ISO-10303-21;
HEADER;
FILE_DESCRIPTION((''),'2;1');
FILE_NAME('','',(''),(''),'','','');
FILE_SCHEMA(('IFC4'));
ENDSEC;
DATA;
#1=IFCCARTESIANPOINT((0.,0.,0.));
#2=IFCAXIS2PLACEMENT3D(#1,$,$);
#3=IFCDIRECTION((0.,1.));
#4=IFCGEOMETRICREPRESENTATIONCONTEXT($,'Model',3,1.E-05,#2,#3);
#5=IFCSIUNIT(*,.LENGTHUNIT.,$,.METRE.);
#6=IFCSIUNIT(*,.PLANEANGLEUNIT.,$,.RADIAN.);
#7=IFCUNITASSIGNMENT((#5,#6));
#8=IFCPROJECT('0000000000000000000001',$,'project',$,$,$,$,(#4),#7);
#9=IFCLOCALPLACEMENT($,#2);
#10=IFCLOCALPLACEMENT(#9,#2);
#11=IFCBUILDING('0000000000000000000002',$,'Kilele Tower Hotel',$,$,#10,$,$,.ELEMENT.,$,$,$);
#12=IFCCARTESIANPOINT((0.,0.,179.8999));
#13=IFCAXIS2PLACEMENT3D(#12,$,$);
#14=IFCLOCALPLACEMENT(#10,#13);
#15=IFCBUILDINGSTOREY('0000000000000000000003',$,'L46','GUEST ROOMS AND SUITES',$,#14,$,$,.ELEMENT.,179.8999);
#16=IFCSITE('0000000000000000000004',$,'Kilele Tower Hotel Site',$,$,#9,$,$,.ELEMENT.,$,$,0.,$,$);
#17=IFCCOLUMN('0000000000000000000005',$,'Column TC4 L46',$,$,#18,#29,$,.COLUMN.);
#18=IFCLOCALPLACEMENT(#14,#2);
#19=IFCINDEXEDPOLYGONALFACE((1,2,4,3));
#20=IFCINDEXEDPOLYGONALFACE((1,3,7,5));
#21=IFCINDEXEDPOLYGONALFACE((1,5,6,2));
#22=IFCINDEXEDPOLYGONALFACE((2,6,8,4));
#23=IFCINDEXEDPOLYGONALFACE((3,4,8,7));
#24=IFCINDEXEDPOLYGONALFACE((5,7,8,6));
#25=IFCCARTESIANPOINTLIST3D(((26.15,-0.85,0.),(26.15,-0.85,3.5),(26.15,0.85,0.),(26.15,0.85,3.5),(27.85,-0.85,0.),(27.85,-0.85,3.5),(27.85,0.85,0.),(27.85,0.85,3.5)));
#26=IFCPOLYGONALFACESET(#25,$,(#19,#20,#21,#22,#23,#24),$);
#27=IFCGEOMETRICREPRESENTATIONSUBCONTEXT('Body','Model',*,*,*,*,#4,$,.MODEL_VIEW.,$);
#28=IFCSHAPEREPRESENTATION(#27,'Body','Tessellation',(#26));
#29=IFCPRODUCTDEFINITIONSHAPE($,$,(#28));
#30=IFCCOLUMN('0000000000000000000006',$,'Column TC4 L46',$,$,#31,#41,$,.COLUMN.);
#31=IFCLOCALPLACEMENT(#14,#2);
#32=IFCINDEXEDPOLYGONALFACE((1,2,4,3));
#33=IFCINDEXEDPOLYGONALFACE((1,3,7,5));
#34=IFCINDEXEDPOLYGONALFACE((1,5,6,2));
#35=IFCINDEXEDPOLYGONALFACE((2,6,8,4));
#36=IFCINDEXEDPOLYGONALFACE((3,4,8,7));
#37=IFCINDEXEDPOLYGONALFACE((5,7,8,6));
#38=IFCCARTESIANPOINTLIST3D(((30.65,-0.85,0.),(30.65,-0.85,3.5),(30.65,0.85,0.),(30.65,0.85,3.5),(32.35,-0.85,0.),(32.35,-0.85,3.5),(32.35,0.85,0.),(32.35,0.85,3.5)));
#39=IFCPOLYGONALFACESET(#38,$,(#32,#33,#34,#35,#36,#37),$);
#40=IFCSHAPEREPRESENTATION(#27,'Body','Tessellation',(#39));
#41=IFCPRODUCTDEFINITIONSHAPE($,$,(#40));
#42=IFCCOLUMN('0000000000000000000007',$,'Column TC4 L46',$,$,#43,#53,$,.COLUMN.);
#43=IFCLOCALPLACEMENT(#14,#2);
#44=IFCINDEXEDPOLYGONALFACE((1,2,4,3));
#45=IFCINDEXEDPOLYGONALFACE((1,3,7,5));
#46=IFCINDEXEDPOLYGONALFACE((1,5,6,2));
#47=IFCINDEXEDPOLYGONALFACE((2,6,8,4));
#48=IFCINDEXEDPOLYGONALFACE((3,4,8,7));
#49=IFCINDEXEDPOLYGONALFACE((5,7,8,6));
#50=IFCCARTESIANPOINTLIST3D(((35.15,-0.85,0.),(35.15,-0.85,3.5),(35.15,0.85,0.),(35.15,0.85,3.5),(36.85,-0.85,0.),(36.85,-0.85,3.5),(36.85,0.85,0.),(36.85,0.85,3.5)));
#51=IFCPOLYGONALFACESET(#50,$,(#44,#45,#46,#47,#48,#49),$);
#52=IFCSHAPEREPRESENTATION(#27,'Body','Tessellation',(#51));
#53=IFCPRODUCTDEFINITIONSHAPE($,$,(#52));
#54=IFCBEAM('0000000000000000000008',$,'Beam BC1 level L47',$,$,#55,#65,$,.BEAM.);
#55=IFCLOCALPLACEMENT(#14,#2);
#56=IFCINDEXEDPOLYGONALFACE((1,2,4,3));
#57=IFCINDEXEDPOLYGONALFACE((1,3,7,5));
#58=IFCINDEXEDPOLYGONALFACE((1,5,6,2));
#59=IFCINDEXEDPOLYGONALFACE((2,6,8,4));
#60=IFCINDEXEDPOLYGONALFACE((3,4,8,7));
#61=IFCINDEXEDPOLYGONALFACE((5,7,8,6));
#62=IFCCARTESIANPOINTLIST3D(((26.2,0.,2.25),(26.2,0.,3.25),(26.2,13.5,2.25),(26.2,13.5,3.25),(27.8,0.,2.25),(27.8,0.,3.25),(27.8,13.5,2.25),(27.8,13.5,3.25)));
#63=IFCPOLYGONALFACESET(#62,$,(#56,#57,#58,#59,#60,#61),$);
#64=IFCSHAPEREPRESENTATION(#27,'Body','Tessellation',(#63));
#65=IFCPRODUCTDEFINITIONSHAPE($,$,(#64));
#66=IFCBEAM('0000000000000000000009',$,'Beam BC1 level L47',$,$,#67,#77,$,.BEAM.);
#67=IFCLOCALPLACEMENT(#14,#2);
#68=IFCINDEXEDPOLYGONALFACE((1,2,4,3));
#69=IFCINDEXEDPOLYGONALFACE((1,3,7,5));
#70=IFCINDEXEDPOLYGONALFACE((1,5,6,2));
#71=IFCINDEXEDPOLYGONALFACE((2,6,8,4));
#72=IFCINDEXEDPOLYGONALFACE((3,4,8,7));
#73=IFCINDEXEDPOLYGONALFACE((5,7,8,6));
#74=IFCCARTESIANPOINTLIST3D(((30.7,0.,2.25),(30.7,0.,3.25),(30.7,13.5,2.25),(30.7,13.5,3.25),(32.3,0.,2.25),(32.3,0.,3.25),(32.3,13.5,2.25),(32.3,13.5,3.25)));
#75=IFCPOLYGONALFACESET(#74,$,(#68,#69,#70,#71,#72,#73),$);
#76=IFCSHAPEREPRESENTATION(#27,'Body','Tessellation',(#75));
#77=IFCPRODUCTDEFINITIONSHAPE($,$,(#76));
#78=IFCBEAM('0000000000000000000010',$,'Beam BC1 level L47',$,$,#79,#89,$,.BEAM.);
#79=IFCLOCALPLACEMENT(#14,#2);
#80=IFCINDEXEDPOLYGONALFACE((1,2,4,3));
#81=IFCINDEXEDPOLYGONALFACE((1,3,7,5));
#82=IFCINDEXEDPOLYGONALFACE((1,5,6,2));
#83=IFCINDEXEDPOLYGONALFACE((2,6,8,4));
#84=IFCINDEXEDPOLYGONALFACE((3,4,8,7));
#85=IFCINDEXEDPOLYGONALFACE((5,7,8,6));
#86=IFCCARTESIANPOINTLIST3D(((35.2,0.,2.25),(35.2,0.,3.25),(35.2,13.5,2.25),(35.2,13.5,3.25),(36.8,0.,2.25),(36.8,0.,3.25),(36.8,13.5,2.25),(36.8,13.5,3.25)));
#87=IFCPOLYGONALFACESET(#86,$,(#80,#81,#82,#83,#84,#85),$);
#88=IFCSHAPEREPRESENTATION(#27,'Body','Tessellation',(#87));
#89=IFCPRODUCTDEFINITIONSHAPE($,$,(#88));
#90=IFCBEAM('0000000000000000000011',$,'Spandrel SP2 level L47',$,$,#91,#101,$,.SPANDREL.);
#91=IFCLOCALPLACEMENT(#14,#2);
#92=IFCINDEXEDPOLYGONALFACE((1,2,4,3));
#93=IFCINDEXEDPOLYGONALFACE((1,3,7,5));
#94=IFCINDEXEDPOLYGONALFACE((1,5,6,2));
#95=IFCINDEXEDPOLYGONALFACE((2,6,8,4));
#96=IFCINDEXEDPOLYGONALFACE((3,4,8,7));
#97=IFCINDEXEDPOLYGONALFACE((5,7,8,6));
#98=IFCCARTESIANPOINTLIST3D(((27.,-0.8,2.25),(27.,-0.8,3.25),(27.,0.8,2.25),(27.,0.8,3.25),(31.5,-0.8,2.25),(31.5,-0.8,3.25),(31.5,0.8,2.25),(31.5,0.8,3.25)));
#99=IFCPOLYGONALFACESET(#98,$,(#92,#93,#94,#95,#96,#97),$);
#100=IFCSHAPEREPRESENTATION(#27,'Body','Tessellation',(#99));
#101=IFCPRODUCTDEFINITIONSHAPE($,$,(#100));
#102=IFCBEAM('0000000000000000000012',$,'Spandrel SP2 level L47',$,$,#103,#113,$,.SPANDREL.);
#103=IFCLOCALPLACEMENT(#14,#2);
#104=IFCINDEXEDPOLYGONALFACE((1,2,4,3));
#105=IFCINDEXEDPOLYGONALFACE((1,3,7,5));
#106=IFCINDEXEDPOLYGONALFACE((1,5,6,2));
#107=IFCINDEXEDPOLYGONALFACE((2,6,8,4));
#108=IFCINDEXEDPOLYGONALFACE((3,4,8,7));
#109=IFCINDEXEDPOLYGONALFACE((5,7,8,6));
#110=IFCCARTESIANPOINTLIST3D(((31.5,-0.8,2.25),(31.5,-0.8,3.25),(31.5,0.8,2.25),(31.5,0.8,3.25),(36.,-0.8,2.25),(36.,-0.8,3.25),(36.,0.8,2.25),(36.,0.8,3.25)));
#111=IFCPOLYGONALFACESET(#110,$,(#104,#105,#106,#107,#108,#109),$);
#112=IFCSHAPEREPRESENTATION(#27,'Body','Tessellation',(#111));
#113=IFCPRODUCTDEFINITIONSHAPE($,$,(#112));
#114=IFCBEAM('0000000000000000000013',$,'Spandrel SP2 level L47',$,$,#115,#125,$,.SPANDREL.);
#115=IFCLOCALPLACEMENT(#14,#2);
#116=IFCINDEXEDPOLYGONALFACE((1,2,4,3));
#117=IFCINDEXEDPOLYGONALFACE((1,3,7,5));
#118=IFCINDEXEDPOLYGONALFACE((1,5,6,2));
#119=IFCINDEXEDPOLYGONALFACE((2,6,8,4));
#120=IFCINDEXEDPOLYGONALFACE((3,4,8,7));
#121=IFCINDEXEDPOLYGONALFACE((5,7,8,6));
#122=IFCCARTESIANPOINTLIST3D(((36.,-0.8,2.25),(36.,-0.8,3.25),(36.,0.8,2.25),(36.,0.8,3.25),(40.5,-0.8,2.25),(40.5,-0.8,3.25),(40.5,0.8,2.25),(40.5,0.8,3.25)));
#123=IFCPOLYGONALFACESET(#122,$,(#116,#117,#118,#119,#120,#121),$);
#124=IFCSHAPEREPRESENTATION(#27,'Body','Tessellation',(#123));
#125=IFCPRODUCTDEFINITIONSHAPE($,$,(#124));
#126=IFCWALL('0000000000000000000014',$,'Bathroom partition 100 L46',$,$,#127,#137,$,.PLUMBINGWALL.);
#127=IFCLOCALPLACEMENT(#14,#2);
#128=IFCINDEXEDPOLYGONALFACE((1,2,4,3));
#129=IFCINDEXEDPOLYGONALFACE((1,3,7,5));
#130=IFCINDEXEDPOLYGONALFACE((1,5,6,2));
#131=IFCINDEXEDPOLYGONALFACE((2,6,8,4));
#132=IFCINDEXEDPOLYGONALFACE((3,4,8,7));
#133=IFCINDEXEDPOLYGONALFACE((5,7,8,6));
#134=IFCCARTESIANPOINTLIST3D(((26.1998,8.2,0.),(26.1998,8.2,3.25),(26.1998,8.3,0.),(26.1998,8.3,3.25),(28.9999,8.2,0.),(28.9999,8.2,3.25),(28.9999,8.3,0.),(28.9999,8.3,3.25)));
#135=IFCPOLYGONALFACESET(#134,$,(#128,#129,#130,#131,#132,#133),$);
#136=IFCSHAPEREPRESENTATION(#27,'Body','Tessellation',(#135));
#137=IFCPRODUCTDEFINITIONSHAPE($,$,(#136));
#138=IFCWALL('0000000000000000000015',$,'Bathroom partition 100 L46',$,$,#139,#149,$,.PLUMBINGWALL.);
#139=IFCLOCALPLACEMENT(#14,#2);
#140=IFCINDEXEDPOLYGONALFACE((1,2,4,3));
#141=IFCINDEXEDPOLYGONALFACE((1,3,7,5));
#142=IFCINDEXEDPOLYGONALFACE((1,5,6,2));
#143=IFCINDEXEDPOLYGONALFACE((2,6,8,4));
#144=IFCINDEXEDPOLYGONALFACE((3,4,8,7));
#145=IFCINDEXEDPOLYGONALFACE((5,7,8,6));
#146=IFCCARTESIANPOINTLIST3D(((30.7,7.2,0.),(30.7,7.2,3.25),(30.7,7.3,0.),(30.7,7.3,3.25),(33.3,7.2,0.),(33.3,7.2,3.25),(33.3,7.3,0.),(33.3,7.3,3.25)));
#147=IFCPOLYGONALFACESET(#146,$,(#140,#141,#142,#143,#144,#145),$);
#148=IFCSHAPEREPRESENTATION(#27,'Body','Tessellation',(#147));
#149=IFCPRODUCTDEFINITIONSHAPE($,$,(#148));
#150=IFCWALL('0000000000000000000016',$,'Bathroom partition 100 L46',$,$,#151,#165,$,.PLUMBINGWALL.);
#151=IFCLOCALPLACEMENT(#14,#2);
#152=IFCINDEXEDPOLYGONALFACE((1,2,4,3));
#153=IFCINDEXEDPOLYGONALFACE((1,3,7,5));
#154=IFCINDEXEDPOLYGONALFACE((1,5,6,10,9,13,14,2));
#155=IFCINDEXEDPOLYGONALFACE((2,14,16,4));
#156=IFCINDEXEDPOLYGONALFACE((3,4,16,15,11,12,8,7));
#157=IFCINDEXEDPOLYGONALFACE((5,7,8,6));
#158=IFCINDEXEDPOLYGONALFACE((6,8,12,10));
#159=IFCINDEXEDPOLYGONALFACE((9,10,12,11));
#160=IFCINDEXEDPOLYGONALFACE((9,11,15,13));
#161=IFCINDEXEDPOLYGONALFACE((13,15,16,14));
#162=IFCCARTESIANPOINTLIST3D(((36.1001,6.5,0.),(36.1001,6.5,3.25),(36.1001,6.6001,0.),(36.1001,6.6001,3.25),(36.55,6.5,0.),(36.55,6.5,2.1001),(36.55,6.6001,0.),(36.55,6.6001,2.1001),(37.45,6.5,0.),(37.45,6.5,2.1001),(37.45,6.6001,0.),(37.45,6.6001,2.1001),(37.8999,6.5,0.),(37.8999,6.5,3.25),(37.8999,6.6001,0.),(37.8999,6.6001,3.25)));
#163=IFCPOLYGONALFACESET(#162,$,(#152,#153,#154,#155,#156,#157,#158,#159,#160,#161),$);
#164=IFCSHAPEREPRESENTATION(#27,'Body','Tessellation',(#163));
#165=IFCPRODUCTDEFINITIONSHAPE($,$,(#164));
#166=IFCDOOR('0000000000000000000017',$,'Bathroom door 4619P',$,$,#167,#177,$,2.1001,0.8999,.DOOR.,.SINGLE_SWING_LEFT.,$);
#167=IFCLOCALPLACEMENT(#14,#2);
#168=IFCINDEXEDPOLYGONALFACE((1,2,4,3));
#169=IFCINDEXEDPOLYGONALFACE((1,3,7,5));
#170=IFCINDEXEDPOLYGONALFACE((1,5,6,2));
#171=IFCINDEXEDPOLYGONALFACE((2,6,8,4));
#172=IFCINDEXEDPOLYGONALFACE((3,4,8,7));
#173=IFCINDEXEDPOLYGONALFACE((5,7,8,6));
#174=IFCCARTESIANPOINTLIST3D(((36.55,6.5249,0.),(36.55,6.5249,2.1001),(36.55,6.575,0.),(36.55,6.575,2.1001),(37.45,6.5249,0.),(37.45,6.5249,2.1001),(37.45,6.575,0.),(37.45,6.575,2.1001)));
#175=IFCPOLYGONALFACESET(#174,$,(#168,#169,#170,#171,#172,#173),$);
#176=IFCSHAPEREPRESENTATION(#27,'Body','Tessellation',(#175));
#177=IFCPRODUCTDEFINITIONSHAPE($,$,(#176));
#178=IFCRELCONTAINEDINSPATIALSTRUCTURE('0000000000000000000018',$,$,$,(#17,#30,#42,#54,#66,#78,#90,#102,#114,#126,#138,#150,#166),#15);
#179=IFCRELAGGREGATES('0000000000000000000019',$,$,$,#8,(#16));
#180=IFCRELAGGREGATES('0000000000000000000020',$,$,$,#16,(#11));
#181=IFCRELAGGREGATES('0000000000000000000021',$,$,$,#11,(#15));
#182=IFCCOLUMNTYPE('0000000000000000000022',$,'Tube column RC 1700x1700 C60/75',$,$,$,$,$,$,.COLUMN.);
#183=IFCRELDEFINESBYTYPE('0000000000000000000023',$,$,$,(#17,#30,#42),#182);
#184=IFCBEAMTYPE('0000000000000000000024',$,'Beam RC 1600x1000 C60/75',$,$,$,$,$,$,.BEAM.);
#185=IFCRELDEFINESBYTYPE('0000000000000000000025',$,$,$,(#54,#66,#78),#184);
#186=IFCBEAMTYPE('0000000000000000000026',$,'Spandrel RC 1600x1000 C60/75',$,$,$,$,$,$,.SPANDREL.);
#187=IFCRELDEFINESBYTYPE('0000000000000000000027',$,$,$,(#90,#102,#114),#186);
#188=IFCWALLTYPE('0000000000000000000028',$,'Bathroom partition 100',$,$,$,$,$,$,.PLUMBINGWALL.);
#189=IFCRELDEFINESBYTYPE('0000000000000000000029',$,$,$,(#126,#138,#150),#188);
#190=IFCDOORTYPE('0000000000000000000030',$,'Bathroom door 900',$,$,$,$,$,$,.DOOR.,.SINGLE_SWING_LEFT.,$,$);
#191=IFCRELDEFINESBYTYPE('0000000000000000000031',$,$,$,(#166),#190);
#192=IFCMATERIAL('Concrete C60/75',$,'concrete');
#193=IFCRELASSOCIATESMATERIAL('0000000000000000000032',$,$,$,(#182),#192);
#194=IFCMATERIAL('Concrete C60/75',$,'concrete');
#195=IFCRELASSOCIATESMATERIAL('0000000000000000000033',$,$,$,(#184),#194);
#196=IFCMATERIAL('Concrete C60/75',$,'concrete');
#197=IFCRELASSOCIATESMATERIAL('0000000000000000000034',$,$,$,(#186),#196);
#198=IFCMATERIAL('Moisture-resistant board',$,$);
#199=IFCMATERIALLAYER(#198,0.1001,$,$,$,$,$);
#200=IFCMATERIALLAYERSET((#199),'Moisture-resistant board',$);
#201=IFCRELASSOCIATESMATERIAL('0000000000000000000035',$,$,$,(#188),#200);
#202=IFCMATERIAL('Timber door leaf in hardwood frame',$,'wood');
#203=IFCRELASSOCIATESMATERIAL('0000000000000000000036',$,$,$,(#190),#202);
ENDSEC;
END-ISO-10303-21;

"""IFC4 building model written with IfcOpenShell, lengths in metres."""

from ifc_helpers import new_model, si_unit, direction, frame, frame_2d, origin, origin_2d, place, context, subcontext, project, spatial, rectangle, extrude, material, layer, layer_set, material_profile, profile_set, type_object, element, fill, save


model = new_model("IFC4")

# Units and contexts
model_context = context("Model", 3, precision=1e-05, world=origin(), true_north=direction((0.0, 1.0)))
body_context = subcontext(model_context, "Body", "Model", "MODEL_VIEW")
ifc_project = project(units=[si_unit("LENGTHUNIT", "METRE"), si_unit("PLANEANGLEUNIT", "RADIAN")], contexts=[model_context])

# Site, building, storey
site_placement = place(None, origin())
site = spatial("IfcSite", under=ifc_project, at=site_placement, Name="Kilele Tower Hotel Site", CompositionType="ELEMENT", RefElevation=0.0)
building_placement = place(site_placement, origin())
building = spatial("IfcBuilding", under=site, at=building_placement, Name="Kilele Tower Hotel", CompositionType="ELEMENT")
storey_placement = place(building_placement, frame((0.0, 0.0, 179.8999)))
storey = spatial("IfcBuildingStorey", under=building, at=storey_placement, Name="L46", Description="GUEST ROOMS AND SUITES", CompositionType="ELEMENT", Elevation=179.8999)

# Columns
ifc_material_1 = material(Name="Concrete C60/75", Category="concrete")
ifc_material_profile_1 = material_profile(ifc_material_1, rectangle(XDim=1.7, YDim=1.7, at=origin_2d()))
ifc_profile_set_1 = profile_set([ifc_material_profile_1], Name="Concrete C60/75")
column_type = type_object("IfcColumnType", Name="Tube column RC 1700x1700 C60/75", PredefinedType="COLUMN", material=ifc_profile_set_1)
for number, where, z_axis, x_axis, name in (
    (1, (27.0, 0.0, 0.0), (0.0, 0.0, 1.0), (1.0, 0.0, 0.0), "Column TC4 L46"),
    (2, (31.5, 0.0, 0.0), (0.0, 0.0, 1.0), (1.0, 0.0, 0.0), "Column TC4 L46"),
    (3, (36.0, 0.0, 0.0), (0.0, 0.0, 1.0), (1.0, 0.0, 0.0), "Column TC4 L46"),
):
    element("IfcColumn", number, at=place(storey_placement, frame(where, z_axis=z_axis, x_axis=x_axis)), inside=storey, type_object=column_type, Name=name, PredefinedType="COLUMN", context=body_context, shape_type="SweptSolid", body=[
        extrude(rectangle(XDim=1.7, YDim=1.7, at=origin_2d()), origin(), (0.0, 0.0, 1.0), 3.5),
    ])

# Beams
ifc_material_2 = material(Name="Concrete C60/75", Category="concrete")
ifc_material_profile_2 = material_profile(ifc_material_2, rectangle(XDim=1.6001, YDim=1.0, at=origin_2d()))
ifc_profile_set_2 = profile_set([ifc_material_profile_2], Name="Concrete C60/75")
beam_type_1 = type_object("IfcBeamType", Name="Beam RC 1600x1000 C60/75", PredefinedType="BEAM", material=ifc_profile_set_2)
for number, where, z_axis, x_axis, name in (
    (4, (27.0, 0.0, 2.75), (0.0, 1.0, 0.0), (-1.0, 0.0, 0.0), "Beam BC1 level L47"),
    (5, (31.5, 0.0, 2.75), (0.0, 1.0, 0.0), (-1.0, 0.0, 0.0), "Beam BC1 level L47"),
    (6, (36.0, 0.0, 2.75), (0.0, 1.0, 0.0), (-1.0, 0.0, 0.0), "Beam BC1 level L47"),
):
    element("IfcBeam", number, at=place(storey_placement, frame(where, z_axis=z_axis, x_axis=x_axis)), inside=storey, type_object=beam_type_1, Name=name, PredefinedType="BEAM", context=body_context, shape_type="SweptSolid", body=[
        extrude(rectangle(XDim=1.6001, YDim=1.0, at=origin_2d()), origin(), (0.0, 0.0, 1.0), 13.5),
    ])
ifc_material_3 = material(Name="Concrete C60/75", Category="concrete")
ifc_material_profile_3 = material_profile(ifc_material_3, rectangle(XDim=1.6001, YDim=1.0, at=origin_2d()))
ifc_profile_set_3 = profile_set([ifc_material_profile_3], Name="Concrete C60/75")
beam_type_2 = type_object("IfcBeamType", Name="Spandrel RC 1600x1000 C60/75", PredefinedType="SPANDREL", material=ifc_profile_set_3)
for number, where, z_axis, x_axis, name in (
    (7, (27.0, 0.0, 2.75), (1.0, 0.0, 0.0), (0.0, 1.0, 0.0), "Spandrel SP2 level L47"),
    (8, (31.5, 0.0, 2.75), (1.0, 0.0, 0.0), (0.0, 1.0, 0.0), "Spandrel SP2 level L47"),
    (9, (36.0, 0.0, 2.75), (1.0, 0.0, 0.0), (0.0, 1.0, 0.0), "Spandrel SP2 level L47"),
):
    element("IfcBeam", number, at=place(storey_placement, frame(where, z_axis=z_axis, x_axis=x_axis)), inside=storey, type_object=beam_type_2, Name=name, PredefinedType="SPANDREL", context=body_context, shape_type="SweptSolid", body=[
        extrude(rectangle(XDim=1.6001, YDim=1.0, at=origin_2d()), origin(), (0.0, 0.0, 1.0), 4.5),
    ])

# Walls
ifc_material_4 = material(Name="Moisture-resistant board")
ifc_layer_1 = layer(ifc_material_4, 0.1001)
ifc_layer_set_1 = layer_set([ifc_layer_1], Name="Moisture-resistant board")
wall_type_1 = type_object("IfcWallType", Name="Bathroom partition 100", PredefinedType="PLUMBINGWALL", material=ifc_layer_set_1)
wall_1_placement = place(storey_placement, frame((26.2, 8.25, 0.0), z_axis=(0.0, 0.0, 1.0), x_axis=(1.0, 0.0, 0.0)))
element("IfcWall", 10, at=wall_1_placement, inside=storey, type_object=wall_type_1, Name="Bathroom partition 100 L46", PredefinedType="PLUMBINGWALL", context=body_context, shape_type="SweptSolid", body=[
    extrude(rectangle(XDim=2.8, YDim=0.1001, at=frame_2d((1.3999, 0.0))), origin(), (0.0, 0.0, 1.0), 3.25),
])
wall_2_placement = place(storey_placement, frame((30.7, 7.25, 0.0), z_axis=(0.0, 0.0, 1.0), x_axis=(1.0, 0.0, 0.0)))
element("IfcWall", 11, at=wall_2_placement, inside=storey, type_object=wall_type_1, Name="Bathroom partition 100 L46", PredefinedType="PLUMBINGWALL", context=body_context, shape_type="SweptSolid", body=[
    extrude(rectangle(XDim=2.6001, YDim=0.1001, at=frame_2d((1.3, 0.0))), origin(), (0.0, 0.0, 1.0), 3.25),
])

# Wall, opening, door
wall_3_placement = place(storey_placement, frame((36.1001, 6.55, 0.0), z_axis=(0.0, 0.0, 1.0), x_axis=(1.0, 0.0, 0.0)))
wall_3 = element("IfcWall", 12, at=wall_3_placement, inside=storey, type_object=wall_type_1, Name="Bathroom partition 100 L46", PredefinedType="PLUMBINGWALL", context=body_context, shape_type="SweptSolid", body=[
    extrude(rectangle(XDim=1.7998, YDim=0.1001, at=frame_2d((0.8999, 0.0))), origin(), (0.0, 0.0, 1.0), 3.25),
])
opening_1_placement = place(wall_3_placement, frame((0.45, 0.0, 0.0)))
opening_1 = element("IfcOpeningElement", 13, at=opening_1_placement, cuts=wall_3, PredefinedType="OPENING", context=body_context, shape_type="SweptSolid", body=[
    extrude(rectangle(XDim=0.8999, YDim=2.1001, at=frame_2d((0.45, 1.05))), frame((0.0, 0.0601, 0.0), z_axis=(0.0, -1.0, 0.0), x_axis=(1.0, 0.0, 0.0)), (0.0, 0.0, 1.0), 0.1201),
])
ifc_material_5 = material(Name="Timber door leaf in hardwood frame", Category="wood")
door_type_1 = type_object("IfcDoorType", Name="Bathroom door 900", OperationType="SINGLE_SWING_LEFT", PredefinedType="DOOR", material=ifc_material_5)
door_1_placement = place(opening_1_placement, origin())
door_1 = element("IfcDoor", 14, at=door_1_placement, inside=storey, type_object=door_type_1, Name="Bathroom door 4619P", OperationType="SINGLE_SWING_LEFT", OverallHeight=2.1001, OverallWidth=0.8999, PredefinedType="DOOR", context=body_context, shape_type="SweptSolid", body=[
    extrude(rectangle(XDim=0.8999, YDim=2.1001, at=frame_2d((0.45, 1.05))), frame((0.0, 0.0249, 0.0), z_axis=(0.0, -1.0, 0.0), x_axis=(1.0, 0.0, 0.0)), (0.0, 0.0, 1.0), 0.05),
])
fill(opening_1, door_1)

save(model, "model.ifc")
